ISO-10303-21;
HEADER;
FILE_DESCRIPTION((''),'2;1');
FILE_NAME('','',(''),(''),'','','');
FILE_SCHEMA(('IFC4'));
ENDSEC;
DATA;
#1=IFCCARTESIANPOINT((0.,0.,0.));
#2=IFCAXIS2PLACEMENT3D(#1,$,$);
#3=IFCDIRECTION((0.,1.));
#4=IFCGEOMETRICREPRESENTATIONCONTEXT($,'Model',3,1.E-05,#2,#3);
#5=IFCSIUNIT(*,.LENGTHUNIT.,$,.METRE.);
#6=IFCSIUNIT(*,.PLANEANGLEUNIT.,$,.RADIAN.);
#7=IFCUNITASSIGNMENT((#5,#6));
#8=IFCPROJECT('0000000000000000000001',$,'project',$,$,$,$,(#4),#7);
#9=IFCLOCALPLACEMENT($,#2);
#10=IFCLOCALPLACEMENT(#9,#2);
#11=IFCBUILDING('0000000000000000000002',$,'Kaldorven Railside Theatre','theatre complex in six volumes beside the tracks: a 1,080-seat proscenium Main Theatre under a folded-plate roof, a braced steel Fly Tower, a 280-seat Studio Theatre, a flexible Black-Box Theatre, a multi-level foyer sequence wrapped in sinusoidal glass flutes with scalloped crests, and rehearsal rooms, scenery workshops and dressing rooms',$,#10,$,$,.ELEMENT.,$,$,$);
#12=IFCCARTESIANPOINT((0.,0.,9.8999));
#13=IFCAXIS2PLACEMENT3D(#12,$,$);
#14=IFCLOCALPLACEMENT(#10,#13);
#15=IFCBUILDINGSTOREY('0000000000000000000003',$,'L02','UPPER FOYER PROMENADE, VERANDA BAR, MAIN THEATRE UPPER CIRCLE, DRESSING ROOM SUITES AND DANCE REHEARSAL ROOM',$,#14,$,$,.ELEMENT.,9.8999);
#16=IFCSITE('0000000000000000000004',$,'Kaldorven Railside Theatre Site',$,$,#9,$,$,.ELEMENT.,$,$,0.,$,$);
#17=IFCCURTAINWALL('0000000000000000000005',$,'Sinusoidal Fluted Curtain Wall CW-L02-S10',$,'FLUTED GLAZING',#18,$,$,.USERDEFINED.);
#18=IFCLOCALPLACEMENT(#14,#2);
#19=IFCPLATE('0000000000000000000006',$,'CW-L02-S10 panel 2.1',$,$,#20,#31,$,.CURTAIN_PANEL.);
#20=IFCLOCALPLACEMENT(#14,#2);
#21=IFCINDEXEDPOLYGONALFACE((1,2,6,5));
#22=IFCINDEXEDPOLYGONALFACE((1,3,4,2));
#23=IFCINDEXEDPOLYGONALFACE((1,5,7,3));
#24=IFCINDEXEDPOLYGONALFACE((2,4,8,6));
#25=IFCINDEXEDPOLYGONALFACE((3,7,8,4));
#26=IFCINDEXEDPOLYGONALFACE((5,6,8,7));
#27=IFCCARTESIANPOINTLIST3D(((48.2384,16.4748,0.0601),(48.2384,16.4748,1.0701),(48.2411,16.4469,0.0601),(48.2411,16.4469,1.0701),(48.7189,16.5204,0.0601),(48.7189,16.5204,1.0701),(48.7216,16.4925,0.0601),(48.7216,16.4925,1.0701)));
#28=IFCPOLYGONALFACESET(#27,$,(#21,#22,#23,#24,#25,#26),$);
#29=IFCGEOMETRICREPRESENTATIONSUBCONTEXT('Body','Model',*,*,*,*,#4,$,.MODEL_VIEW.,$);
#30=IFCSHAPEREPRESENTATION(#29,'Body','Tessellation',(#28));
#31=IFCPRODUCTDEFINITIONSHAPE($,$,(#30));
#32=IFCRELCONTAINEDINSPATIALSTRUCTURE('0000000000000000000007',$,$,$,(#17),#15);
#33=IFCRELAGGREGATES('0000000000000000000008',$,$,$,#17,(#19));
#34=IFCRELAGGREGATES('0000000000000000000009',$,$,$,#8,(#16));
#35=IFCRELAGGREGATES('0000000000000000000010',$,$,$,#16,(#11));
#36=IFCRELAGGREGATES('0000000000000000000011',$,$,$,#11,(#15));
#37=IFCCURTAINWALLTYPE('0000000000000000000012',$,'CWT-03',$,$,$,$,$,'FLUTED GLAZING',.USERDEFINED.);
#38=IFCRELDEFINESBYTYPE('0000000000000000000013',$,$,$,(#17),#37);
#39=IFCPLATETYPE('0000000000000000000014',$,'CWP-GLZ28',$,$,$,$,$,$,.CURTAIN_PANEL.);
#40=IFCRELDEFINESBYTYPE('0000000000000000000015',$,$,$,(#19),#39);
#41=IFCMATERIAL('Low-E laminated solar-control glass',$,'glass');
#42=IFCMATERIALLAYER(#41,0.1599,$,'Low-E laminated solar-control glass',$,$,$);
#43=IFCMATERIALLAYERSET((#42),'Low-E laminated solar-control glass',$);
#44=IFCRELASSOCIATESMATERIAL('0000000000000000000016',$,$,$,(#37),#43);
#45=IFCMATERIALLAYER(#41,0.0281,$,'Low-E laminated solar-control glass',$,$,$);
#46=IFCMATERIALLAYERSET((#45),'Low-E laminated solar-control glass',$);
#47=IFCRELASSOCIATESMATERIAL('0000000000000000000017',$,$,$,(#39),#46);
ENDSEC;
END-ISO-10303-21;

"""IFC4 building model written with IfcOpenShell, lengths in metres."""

from ifc_helpers import new_model, si_unit, direction, frame, origin, origin_2d, place, context, subcontext, project, spatial, rectangle, extrude, material, layer, layer_set, type_object, element, aggregate, save


model = new_model("IFC4")

# Units and contexts
model_context = context("Model", 3, precision=1e-05, world=origin(), true_north=direction((0.0, 1.0)))
body_context = subcontext(model_context, "Body", "Model", "MODEL_VIEW")
ifc_project = project(units=[si_unit("LENGTHUNIT", "METRE"), si_unit("PLANEANGLEUNIT", "RADIAN")], contexts=[model_context])

# Site, building, storey
site_placement = place(None, origin())
site = spatial("IfcSite", under=ifc_project, at=site_placement, Name="Kaldorven Railside Theatre Site", CompositionType="ELEMENT", RefElevation=0.0)
building_placement = place(site_placement, origin())
building = spatial("IfcBuilding", under=site, at=building_placement, Name="Kaldorven Railside Theatre", Description="theatre complex in six volumes beside the tracks: a 1,080-seat proscenium Main Theatre under a folded-plate roof, a braced steel Fly Tower, a 280-seat Studio Theatre, a flexible Black-Box Theatre, a multi-level foyer sequence wrapped in sinusoidal glass flutes with scalloped crests, and rehearsal rooms, scenery workshops and dressing rooms", CompositionType="ELEMENT")
storey_placement = place(building_placement, frame((0.0, 0.0, 9.8999)))
storey = spatial("IfcBuildingStorey", under=building, at=storey_placement, Name="L02", Description="UPPER FOYER PROMENADE, VERANDA BAR, MAIN THEATRE UPPER CIRCLE, DRESSING ROOM SUITES AND DANCE REHEARSAL ROOM", CompositionType="ELEMENT", Elevation=9.8999)

# Curtain wall
ifc_material_1 = material(Name="Low-E laminated solar-control glass", Category="glass")
ifc_layer_1 = layer(ifc_material_1, 0.1599, Name="Low-E laminated solar-control glass")
ifc_layer_set_1 = layer_set([ifc_layer_1], Name="Low-E laminated solar-control glass")
curtain_wall_type_1 = type_object("IfcCurtainWallType", Name="CWT-03", ElementType="FLUTED GLAZING", PredefinedType="USERDEFINED", material=ifc_layer_set_1)
curtain_wall_1_placement = place(storey_placement, origin())
curtain_wall_1 = element("IfcCurtainWall", 1, at=curtain_wall_1_placement, inside=storey, type_object=curtain_wall_type_1, Name="Sinusoidal Fluted Curtain Wall CW-L02-S10", ObjectType="FLUTED GLAZING", PredefinedType="USERDEFINED")

# Plate
ifc_layer_2 = layer(ifc_material_1, 0.0281, Name="Low-E laminated solar-control glass")
ifc_layer_set_2 = layer_set([ifc_layer_2], Name="Low-E laminated solar-control glass")
plate_type = type_object("IfcPlateType", Name="CWP-GLZ28", PredefinedType="CURTAIN_PANEL", material=ifc_layer_set_2)
plate_1_placement = place(storey_placement, frame((48.48, 16.4836, 0.0601), z_axis=(0.0, 0.0, 1.0), x_axis=(0.995526, 0.094492, 0.0)))
plate_1 = element("IfcPlate", 2, at=plate_1_placement, type_object=plate_type, Name="CW-L02-S10 panel 2.1", PredefinedType="CURTAIN_PANEL", context=body_context, shape_type="SweptSolid", body=[
    extrude(rectangle(XDim=0.4827, YDim=0.0281, at=origin_2d()), origin(), (0.0, 0.0, 1.0), 1.01),
])
aggregate(curtain_wall_1, [plate_1])

save(model, "model.ifc")
